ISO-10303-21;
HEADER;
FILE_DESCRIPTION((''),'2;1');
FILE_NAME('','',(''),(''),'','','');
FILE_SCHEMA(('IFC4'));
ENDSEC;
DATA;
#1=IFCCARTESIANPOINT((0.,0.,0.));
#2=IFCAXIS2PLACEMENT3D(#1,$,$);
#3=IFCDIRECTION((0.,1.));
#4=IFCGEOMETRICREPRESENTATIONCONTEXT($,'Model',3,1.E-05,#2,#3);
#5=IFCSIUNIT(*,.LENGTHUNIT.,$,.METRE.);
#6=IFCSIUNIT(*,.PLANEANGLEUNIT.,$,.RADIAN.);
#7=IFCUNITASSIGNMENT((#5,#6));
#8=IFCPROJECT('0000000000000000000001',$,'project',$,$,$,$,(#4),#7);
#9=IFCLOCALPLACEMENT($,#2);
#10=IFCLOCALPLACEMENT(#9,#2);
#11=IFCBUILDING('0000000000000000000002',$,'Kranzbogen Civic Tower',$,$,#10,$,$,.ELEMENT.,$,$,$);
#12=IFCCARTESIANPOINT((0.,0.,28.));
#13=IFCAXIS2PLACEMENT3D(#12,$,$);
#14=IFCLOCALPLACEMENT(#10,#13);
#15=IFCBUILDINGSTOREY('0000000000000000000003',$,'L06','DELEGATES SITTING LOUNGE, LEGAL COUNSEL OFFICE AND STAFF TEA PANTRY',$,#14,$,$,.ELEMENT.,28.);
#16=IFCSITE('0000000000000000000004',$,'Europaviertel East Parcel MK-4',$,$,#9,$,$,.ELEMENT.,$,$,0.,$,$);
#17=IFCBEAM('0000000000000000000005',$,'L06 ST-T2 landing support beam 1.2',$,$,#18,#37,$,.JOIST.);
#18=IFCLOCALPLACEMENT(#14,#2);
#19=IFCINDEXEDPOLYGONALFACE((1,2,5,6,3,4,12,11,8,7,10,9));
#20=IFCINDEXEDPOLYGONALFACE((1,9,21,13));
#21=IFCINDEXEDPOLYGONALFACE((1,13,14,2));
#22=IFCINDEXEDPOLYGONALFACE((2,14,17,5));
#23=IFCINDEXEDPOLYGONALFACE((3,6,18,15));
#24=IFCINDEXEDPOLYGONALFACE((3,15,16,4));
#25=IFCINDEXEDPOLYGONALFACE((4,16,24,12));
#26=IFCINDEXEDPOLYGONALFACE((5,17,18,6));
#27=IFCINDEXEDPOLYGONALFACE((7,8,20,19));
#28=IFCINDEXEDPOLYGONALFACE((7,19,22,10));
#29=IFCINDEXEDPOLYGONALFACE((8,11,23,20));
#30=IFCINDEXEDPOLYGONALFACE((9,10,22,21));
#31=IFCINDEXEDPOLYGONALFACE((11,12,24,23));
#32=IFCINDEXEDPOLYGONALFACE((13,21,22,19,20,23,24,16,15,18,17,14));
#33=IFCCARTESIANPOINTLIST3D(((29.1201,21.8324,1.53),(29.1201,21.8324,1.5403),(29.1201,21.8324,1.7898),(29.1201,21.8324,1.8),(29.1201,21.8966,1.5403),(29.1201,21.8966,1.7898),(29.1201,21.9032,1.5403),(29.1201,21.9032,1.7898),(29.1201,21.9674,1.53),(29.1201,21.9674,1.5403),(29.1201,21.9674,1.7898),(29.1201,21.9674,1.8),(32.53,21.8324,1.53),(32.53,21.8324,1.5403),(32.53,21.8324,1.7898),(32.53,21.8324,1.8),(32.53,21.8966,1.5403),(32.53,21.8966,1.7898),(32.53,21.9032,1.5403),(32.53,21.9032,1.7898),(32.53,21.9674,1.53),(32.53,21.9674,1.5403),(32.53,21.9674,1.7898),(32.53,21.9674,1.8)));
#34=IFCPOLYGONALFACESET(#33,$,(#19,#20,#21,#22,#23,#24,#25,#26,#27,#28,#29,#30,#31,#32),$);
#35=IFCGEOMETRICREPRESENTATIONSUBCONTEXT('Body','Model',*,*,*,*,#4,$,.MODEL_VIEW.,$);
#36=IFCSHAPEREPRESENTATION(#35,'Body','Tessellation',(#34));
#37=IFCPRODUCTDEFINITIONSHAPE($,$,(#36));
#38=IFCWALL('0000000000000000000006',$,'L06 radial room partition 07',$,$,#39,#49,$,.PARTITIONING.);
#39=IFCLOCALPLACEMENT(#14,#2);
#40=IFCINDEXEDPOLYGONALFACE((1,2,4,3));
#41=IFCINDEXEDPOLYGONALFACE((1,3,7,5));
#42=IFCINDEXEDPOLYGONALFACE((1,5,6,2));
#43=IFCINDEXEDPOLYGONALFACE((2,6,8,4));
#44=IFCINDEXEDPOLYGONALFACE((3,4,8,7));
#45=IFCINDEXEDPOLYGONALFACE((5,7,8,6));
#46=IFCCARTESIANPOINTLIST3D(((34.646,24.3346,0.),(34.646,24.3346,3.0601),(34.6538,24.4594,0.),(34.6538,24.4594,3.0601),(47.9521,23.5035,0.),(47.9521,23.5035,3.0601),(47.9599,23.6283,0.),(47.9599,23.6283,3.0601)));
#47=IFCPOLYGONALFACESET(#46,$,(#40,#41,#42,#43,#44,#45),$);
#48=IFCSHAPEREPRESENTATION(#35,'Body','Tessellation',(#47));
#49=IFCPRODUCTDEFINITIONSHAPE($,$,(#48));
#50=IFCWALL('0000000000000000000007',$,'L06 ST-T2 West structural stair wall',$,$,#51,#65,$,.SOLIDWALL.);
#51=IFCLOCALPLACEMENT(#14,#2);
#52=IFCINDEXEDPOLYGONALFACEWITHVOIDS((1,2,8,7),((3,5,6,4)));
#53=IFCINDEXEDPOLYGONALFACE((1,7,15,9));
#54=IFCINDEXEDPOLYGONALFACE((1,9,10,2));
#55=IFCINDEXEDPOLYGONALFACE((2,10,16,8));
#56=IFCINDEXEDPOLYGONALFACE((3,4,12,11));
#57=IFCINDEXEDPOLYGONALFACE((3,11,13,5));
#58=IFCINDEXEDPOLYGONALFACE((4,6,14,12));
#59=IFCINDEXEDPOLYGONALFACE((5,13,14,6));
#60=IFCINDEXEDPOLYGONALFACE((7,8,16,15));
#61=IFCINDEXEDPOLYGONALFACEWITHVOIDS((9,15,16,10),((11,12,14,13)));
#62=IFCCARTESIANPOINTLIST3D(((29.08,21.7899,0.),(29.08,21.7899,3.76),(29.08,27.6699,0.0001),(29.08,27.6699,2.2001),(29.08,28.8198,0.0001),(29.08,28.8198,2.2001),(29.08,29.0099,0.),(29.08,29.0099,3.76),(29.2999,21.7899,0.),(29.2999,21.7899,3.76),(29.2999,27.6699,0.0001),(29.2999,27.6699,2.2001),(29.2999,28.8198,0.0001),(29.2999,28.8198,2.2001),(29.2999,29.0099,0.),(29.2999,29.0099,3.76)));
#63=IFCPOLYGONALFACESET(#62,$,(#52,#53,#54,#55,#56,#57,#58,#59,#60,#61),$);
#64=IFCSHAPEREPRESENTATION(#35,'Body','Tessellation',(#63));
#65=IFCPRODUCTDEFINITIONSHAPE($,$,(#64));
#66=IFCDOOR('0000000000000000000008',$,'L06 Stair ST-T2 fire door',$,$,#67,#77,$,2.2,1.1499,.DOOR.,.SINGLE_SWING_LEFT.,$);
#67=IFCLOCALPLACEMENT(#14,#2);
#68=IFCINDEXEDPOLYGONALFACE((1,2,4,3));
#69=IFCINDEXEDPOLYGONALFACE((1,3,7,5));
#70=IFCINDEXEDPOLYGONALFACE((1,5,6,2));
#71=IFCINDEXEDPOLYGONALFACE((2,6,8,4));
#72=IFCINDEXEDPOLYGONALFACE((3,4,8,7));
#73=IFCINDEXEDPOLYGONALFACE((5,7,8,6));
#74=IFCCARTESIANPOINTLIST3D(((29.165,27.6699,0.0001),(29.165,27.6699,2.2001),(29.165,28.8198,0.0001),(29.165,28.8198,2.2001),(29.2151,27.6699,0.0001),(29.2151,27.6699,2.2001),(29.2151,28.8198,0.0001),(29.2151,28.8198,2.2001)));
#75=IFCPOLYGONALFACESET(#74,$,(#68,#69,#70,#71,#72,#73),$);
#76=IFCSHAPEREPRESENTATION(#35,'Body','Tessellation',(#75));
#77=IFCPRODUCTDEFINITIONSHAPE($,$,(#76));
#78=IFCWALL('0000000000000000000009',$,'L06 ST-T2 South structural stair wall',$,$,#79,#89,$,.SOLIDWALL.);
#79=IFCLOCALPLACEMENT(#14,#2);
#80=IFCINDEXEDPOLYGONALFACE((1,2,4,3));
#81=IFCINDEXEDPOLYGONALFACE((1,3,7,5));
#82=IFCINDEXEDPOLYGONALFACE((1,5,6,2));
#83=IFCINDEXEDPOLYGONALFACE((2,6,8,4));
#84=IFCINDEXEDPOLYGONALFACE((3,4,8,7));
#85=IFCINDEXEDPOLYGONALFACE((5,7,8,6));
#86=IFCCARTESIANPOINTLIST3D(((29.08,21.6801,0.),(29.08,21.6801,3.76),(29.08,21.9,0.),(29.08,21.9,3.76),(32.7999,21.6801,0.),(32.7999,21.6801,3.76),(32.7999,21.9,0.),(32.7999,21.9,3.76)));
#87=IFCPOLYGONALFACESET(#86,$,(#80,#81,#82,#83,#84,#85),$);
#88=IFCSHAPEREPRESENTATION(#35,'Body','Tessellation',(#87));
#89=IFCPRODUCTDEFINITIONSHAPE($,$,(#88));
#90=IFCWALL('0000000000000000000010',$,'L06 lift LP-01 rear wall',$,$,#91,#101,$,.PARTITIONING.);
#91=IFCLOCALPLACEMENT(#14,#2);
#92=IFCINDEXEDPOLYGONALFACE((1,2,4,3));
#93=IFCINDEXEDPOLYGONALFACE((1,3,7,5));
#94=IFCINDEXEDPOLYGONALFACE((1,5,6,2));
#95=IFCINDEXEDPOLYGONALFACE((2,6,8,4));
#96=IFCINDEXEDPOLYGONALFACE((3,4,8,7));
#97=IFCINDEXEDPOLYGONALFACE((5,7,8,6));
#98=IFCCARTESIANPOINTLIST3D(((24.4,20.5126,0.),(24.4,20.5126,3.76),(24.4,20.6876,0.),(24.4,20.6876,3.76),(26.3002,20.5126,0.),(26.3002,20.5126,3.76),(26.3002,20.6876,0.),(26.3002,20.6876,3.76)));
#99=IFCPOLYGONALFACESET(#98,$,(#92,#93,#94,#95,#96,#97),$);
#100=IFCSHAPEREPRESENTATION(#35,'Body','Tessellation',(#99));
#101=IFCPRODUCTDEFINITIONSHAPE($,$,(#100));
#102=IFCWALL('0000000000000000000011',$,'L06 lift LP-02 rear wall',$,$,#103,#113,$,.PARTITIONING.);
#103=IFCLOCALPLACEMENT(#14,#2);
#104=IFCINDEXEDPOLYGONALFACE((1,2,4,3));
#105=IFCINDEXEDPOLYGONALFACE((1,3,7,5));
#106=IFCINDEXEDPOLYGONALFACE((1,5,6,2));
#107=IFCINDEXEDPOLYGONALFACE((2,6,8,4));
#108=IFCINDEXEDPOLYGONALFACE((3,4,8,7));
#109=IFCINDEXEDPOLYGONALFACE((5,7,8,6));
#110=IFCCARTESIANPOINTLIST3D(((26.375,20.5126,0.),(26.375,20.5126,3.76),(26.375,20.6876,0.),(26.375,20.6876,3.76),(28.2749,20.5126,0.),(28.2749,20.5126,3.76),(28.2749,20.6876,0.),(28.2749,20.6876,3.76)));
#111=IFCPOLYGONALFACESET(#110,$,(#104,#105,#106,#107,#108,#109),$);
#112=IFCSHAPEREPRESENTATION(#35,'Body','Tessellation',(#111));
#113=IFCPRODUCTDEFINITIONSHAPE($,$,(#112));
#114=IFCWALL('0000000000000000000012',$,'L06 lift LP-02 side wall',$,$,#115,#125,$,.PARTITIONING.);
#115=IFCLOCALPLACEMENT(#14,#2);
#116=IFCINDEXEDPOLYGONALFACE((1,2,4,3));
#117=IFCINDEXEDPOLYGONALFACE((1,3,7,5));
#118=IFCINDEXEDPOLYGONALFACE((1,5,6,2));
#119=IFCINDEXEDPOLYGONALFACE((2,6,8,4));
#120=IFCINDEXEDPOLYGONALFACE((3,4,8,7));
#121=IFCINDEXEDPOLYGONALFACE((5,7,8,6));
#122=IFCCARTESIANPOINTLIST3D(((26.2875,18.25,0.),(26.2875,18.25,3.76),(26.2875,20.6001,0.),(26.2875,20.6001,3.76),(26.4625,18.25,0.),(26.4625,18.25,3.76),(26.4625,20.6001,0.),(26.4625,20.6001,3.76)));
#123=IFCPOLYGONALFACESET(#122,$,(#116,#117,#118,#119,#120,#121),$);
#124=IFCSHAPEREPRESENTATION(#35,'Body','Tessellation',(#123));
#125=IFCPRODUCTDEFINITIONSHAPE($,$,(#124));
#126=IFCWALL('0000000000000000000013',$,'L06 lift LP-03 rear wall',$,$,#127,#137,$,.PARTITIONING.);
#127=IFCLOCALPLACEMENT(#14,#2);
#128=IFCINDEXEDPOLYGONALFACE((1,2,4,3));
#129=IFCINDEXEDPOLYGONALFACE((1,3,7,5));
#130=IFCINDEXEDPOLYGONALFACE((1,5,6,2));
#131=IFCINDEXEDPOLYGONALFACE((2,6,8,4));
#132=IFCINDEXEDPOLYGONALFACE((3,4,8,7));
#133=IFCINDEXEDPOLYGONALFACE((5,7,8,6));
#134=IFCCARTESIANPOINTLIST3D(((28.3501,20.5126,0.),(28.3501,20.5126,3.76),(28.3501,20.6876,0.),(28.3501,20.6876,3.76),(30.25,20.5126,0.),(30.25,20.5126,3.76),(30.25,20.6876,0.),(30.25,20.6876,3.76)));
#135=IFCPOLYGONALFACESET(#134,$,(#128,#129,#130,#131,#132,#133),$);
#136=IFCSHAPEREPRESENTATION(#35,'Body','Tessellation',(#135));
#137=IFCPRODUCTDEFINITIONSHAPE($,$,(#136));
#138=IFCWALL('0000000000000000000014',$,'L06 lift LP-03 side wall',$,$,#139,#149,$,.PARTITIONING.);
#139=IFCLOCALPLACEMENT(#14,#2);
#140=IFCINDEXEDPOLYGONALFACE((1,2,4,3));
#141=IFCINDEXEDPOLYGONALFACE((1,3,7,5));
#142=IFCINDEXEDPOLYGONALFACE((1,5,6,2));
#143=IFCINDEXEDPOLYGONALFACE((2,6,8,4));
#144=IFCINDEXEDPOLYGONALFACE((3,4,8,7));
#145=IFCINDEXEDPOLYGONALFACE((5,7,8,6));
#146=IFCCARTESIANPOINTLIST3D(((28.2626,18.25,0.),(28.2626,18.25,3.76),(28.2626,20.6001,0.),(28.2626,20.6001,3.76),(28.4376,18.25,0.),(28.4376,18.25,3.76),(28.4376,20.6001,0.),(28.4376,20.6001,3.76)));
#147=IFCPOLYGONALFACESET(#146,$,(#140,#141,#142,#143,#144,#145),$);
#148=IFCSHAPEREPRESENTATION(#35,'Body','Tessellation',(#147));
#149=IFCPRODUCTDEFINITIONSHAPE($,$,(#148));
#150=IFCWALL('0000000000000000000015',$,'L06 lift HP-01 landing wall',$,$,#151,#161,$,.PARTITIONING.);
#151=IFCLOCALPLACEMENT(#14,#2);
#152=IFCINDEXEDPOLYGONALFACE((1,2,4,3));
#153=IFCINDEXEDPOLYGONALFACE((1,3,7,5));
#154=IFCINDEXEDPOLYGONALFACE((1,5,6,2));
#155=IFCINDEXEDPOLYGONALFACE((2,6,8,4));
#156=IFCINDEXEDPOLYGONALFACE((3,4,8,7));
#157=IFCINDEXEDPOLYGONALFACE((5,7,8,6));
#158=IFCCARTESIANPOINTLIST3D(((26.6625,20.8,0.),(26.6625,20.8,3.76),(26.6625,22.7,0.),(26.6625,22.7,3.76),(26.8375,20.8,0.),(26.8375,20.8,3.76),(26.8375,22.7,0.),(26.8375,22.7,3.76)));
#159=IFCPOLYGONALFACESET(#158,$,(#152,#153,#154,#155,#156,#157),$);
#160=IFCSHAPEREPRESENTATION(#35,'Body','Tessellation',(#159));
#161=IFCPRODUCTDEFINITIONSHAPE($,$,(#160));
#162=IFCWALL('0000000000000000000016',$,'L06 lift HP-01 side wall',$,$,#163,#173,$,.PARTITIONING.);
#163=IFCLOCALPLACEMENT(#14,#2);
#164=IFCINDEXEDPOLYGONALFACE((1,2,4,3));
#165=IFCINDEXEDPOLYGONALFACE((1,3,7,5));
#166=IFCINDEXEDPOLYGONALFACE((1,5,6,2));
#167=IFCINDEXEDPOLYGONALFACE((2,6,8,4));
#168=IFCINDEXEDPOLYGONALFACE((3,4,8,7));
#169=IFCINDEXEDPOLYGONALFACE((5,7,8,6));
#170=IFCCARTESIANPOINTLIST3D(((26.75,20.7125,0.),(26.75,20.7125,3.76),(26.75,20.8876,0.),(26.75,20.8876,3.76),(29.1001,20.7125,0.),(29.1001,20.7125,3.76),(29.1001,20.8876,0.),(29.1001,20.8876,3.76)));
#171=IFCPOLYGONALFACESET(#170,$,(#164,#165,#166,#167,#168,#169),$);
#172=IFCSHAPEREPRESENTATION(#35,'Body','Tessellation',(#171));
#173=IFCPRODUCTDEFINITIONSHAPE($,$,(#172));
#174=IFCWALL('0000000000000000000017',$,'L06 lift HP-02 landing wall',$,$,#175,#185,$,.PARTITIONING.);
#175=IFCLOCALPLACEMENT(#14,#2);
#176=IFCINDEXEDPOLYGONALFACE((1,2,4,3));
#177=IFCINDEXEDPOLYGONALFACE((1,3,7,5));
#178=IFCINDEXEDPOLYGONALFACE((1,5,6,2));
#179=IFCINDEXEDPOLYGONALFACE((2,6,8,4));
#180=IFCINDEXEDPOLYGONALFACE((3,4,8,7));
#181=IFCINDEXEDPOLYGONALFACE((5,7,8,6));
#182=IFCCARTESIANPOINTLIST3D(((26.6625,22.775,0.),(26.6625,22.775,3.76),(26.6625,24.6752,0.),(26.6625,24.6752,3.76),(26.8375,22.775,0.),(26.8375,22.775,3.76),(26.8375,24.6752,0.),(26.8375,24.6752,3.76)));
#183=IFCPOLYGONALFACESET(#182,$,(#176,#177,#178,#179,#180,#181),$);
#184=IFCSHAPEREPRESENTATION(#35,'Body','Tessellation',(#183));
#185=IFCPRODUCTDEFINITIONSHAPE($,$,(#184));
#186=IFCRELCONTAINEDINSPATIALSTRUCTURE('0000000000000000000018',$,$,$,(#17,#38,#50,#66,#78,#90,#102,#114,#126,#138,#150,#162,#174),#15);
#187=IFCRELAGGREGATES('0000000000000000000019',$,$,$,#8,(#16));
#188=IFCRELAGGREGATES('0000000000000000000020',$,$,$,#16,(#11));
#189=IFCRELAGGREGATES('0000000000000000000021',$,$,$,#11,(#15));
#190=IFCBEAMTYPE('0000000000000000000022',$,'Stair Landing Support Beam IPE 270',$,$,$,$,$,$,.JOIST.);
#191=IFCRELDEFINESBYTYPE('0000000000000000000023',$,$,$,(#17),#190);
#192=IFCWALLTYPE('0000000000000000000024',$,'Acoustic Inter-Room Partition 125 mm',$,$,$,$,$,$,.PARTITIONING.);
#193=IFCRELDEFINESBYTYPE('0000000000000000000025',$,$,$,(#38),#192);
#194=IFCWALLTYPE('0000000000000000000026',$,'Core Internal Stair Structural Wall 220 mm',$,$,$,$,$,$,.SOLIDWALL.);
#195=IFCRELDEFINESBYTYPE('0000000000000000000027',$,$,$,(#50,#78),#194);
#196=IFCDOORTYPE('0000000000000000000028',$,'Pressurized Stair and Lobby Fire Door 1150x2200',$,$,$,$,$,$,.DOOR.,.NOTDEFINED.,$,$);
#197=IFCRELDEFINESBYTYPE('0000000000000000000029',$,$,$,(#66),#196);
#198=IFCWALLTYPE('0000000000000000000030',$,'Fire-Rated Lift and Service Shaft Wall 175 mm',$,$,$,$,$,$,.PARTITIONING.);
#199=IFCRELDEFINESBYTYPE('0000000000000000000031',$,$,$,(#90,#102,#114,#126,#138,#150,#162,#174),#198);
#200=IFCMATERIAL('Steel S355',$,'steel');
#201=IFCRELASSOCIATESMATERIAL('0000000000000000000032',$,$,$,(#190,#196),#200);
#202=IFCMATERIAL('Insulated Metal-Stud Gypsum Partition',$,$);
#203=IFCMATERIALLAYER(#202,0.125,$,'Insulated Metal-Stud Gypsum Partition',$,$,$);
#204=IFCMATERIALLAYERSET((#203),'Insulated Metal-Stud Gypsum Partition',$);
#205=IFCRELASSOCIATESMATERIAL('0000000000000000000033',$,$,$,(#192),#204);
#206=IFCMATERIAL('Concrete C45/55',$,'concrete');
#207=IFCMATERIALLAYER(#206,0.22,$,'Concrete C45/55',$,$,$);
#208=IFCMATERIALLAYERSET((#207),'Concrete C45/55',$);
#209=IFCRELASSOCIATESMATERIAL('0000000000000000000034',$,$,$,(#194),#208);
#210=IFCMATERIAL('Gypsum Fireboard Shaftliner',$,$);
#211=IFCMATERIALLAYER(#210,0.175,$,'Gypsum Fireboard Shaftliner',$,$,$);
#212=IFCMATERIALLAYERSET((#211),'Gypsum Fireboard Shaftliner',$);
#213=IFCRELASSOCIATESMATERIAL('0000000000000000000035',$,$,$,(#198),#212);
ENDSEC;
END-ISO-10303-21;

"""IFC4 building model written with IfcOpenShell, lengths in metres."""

from ifc_helpers import new_model, si_unit, direction, frame, frame_2d, origin, origin_2d, place, context, subcontext, project, spatial, rectangle, i_section, extrude, material, layer, layer_set, material_profile, profile_set, type_object, element, fill, save


model = new_model("IFC4")

# Units and contexts
model_context = context("Model", 3, precision=1e-05, world=origin(), true_north=direction((0.0, 1.0)))
body_context = subcontext(model_context, "Body", "Model", "MODEL_VIEW")
ifc_project = project(units=[si_unit("LENGTHUNIT", "METRE"), si_unit("PLANEANGLEUNIT", "RADIAN")], contexts=[model_context])

# Site, building, storey
site_placement = place(None, origin())
site = spatial("IfcSite", under=ifc_project, at=site_placement, Name="Europaviertel East Parcel MK-4", CompositionType="ELEMENT", RefElevation=0.0)
building_placement = place(site_placement, origin())
building = spatial("IfcBuilding", under=site, at=building_placement, Name="Kranzbogen Civic Tower", CompositionType="ELEMENT")
storey_placement = place(building_placement, frame((0.0, 0.0, 28.0)))
storey = spatial("IfcBuildingStorey", under=building, at=storey_placement, Name="L06", Description="DELEGATES SITTING LOUNGE, LEGAL COUNSEL OFFICE AND STAFF TEA PANTRY", CompositionType="ELEMENT", Elevation=28.0)

# Beam
ifc_material_1 = material(Name="Steel S355", Category="steel")
ifc_material_profile = material_profile(ifc_material_1, i_section(OverallWidth=0.135, OverallDepth=0.27, WebThickness=0.0066, FlangeThickness=0.0103, at=origin_2d()), Name="IPE 270")
ifc_profile_set = profile_set([ifc_material_profile], Name="Steel S355")
beam_type = type_object("IfcBeamType", Name="Stair Landing Support Beam IPE 270", PredefinedType="JOIST", material=ifc_profile_set)
beam_placement = place(storey_placement, frame((29.1201, 21.8999, 1.665), z_axis=(1.0, 0.0, 0.0), x_axis=(0.0, 1.0, 0.0)))
element("IfcBeam", 1, at=beam_placement, inside=storey, type_object=beam_type, Name="L06 ST-T2 landing support beam 1.2", PredefinedType="JOIST", context=body_context, shape_type="SweptSolid", body=[
    extrude(i_section(OverallWidth=0.135, OverallDepth=0.27, WebThickness=0.0066, FlangeThickness=0.0103, at=origin_2d()), origin(), (0.0, 0.0, 1.0), 3.4099),
])

# Wall
ifc_material_2 = material(Name="Insulated Metal-Stud Gypsum Partition")
ifc_layer_1 = layer(ifc_material_2, 0.125, Name="Insulated Metal-Stud Gypsum Partition")
ifc_layer_set_1 = layer_set([ifc_layer_1], Name="Insulated Metal-Stud Gypsum Partition")
wall_type_1 = type_object("IfcWallType", Name="Acoustic Inter-Room Partition 125 mm", PredefinedType="PARTITIONING", material=ifc_layer_set_1)
wall_1_placement = place(storey_placement, frame((34.6499, 24.397, 0.0), z_axis=(0.0, 0.0, 1.0), x_axis=(0.998055, -0.062335, 0.0)))
element("IfcWall", 2, at=wall_1_placement, inside=storey, type_object=wall_type_1, Name="L06 radial room partition 07", PredefinedType="PARTITIONING", context=body_context, shape_type="SweptSolid", body=[
    extrude(rectangle(XDim=13.332, YDim=0.125, at=frame_2d((6.666, 0.0))), origin(), (0.0, 0.0, 1.0), 3.0601),
])

# Wall, opening, door
ifc_material_3 = material(Name="Concrete C45/55", Category="concrete")
ifc_layer_2 = layer(ifc_material_3, 0.22, Name="Concrete C45/55")
ifc_layer_set_2 = layer_set([ifc_layer_2], Name="Concrete C45/55")
wall_type_2 = type_object("IfcWallType", Name="Core Internal Stair Structural Wall 220 mm", PredefinedType="SOLIDWALL", material=ifc_layer_set_2)
wall_2_placement = place(storey_placement, frame((29.1899, 21.79, 0.0), z_axis=(0.0, 0.0, 1.0), x_axis=(0.0, 1.0, 0.0)))
wall_2 = element("IfcWall", 3, at=wall_2_placement, inside=storey, type_object=wall_type_2, Name="L06 ST-T2 West structural stair wall", PredefinedType="SOLIDWALL", context=body_context, shape_type="SweptSolid", body=[
    extrude(rectangle(XDim=7.22, YDim=0.22, at=frame_2d((3.6099, 0.0))), origin(), (0.0, 0.0, 1.0), 3.76),
])
opening_1_placement = place(wall_2_placement, frame((5.8799, 0.0, 0.0)))
opening_1 = element("IfcOpeningElement", 4, at=opening_1_placement, cuts=wall_2, PredefinedType="OPENING", context=body_context, shape_type="SweptSolid", body=[
    extrude(rectangle(XDim=1.1499, YDim=2.2, at=frame_2d((0.575, 1.1001))), frame((0.0, 0.1201, 0.0), z_axis=(0.0, -1.0, 0.0), x_axis=(1.0, 0.0, 0.0)), (0.0, 0.0, 1.0), 0.24),
])
door_type_1 = type_object("IfcDoorType", Name="Pressurized Stair and Lobby Fire Door 1150x2200", OperationType="NOTDEFINED", PredefinedType="DOOR", material=ifc_material_1)
door_1_placement = place(opening_1_placement, origin())
door_1 = element("IfcDoor", 5, at=door_1_placement, inside=storey, type_object=door_type_1, Name="L06 Stair ST-T2 fire door", OperationType="SINGLE_SWING_LEFT", OverallHeight=2.2, OverallWidth=1.1499, PredefinedType="DOOR", context=body_context, shape_type="SweptSolid", body=[
    extrude(rectangle(XDim=1.1499, YDim=2.2, at=frame_2d((0.575, 1.1001))), frame((0.0, 0.0249, 0.0), z_axis=(0.0, -1.0, 0.0), x_axis=(1.0, 0.0, 0.0)), (0.0, 0.0, 1.0), 0.05),
])
fill(opening_1, door_1)

# Walls
wall_3_placement = place(storey_placement, frame((29.0801, 21.79, 0.0), z_axis=(0.0, 0.0, 1.0), x_axis=(1.0, 0.0, 0.0)))
element("IfcWall", 6, at=wall_3_placement, inside=storey, type_object=wall_type_2, Name="L06 ST-T2 South structural stair wall", PredefinedType="SOLIDWALL", context=body_context, shape_type="SweptSolid", body=[
    extrude(rectangle(XDim=3.72, YDim=0.22, at=frame_2d((1.8599, 0.0))), origin(), (0.0, 0.0, 1.0), 3.76),
])
ifc_material_4 = material(Name="Gypsum Fireboard Shaftliner")
ifc_layer_3 = layer(ifc_material_4, 0.175, Name="Gypsum Fireboard Shaftliner")
ifc_layer_set_3 = layer_set([ifc_layer_3], Name="Gypsum Fireboard Shaftliner")
wall_type_3 = type_object("IfcWallType", Name="Fire-Rated Lift and Service Shaft Wall 175 mm", PredefinedType="PARTITIONING", material=ifc_layer_set_3)
wall_4_placement = place(storey_placement, frame((24.3999, 20.6001, 0.0), z_axis=(0.0, 0.0, 1.0), x_axis=(1.0, 0.0, 0.0)))
element("IfcWall", 7, at=wall_4_placement, inside=storey, type_object=wall_type_3, Name="L06 lift LP-01 rear wall", PredefinedType="PARTITIONING", context=body_context, shape_type="SweptSolid", body=[
    extrude(rectangle(XDim=1.9001, YDim=0.175, at=frame_2d((0.9502, 0.0))), origin(), (0.0, 0.0, 1.0), 3.76),
])
wall_5_placement = place(storey_placement, frame((26.375, 20.6001, 0.0), z_axis=(0.0, 0.0, 1.0), x_axis=(1.0, 0.0, 0.0)))
element("IfcWall", 8, at=wall_5_placement, inside=storey, type_object=wall_type_3, Name="L06 lift LP-02 rear wall", PredefinedType="PARTITIONING", context=body_context, shape_type="SweptSolid", body=[
    extrude(rectangle(XDim=1.8999, YDim=0.175, at=frame_2d((0.95, 0.0))), origin(), (0.0, 0.0, 1.0), 3.76),
])
wall_6_placement = place(storey_placement, frame((26.375, 18.25, 0.0), z_axis=(0.0, 0.0, 1.0), x_axis=(0.0, 1.0, 0.0)))
element("IfcWall", 9, at=wall_6_placement, inside=storey, type_object=wall_type_3, Name="L06 lift LP-02 side wall", PredefinedType="PARTITIONING", context=body_context, shape_type="SweptSolid", body=[
    extrude(rectangle(XDim=2.3501, YDim=0.175, at=frame_2d((1.175, 0.0))), origin(), (0.0, 0.0, 1.0), 3.76),
])
wall_7_placement = place(storey_placement, frame((28.3501, 20.6001, 0.0), z_axis=(0.0, 0.0, 1.0), x_axis=(1.0, 0.0, 0.0)))
element("IfcWall", 10, at=wall_7_placement, inside=storey, type_object=wall_type_3, Name="L06 lift LP-03 rear wall", PredefinedType="PARTITIONING", context=body_context, shape_type="SweptSolid", body=[
    extrude(rectangle(XDim=1.8999, YDim=0.175, at=frame_2d((0.95, 0.0))), origin(), (0.0, 0.0, 1.0), 3.76),
])
wall_8_placement = place(storey_placement, frame((28.3501, 18.25, 0.0), z_axis=(0.0, 0.0, 1.0), x_axis=(0.0, 1.0, 0.0)))
element("IfcWall", 11, at=wall_8_placement, inside=storey, type_object=wall_type_3, Name="L06 lift LP-03 side wall", PredefinedType="PARTITIONING", context=body_context, shape_type="SweptSolid", body=[
    extrude(rectangle(XDim=2.3501, YDim=0.175, at=frame_2d((1.175, 0.0))), origin(), (0.0, 0.0, 1.0), 3.76),
])
wall_9_placement = place(storey_placement, frame((26.75, 20.8, 0.0), z_axis=(0.0, 0.0, 1.0), x_axis=(0.0, 1.0, 0.0)))
element("IfcWall", 12, at=wall_9_placement, inside=storey, type_object=wall_type_3, Name="L06 lift HP-01 landing wall", PredefinedType="PARTITIONING", context=body_context, shape_type="SweptSolid", body=[
    extrude(rectangle(XDim=1.8999, YDim=0.175, at=frame_2d((0.95, 0.0))), origin(), (0.0, 0.0, 1.0), 3.76),
])
wall_10_placement = place(storey_placement, frame((26.75, 20.8, 0.0), z_axis=(0.0, 0.0, 1.0), x_axis=(1.0, 0.0, 0.0)))
element("IfcWall", 13, at=wall_10_placement, inside=storey, type_object=wall_type_3, Name="L06 lift HP-01 side wall", PredefinedType="PARTITIONING", context=body_context, shape_type="SweptSolid", body=[
    extrude(rectangle(XDim=2.3501, YDim=0.175, at=frame_2d((1.175, 0.0))), origin(), (0.0, 0.0, 1.0), 3.76),
])
wall_11_placement = place(storey_placement, frame((26.75, 22.7749, 0.0), z_axis=(0.0, 0.0, 1.0), x_axis=(0.0, 1.0, 0.0)))
element("IfcWall", 14, at=wall_11_placement, inside=storey, type_object=wall_type_3, Name="L06 lift HP-02 landing wall", PredefinedType="PARTITIONING", context=body_context, shape_type="SweptSolid", body=[
    extrude(rectangle(XDim=1.9001, YDim=0.175, at=frame_2d((0.9502, 0.0))), origin(), (0.0, 0.0, 1.0), 3.76),
])

save(model, "model.ifc")
